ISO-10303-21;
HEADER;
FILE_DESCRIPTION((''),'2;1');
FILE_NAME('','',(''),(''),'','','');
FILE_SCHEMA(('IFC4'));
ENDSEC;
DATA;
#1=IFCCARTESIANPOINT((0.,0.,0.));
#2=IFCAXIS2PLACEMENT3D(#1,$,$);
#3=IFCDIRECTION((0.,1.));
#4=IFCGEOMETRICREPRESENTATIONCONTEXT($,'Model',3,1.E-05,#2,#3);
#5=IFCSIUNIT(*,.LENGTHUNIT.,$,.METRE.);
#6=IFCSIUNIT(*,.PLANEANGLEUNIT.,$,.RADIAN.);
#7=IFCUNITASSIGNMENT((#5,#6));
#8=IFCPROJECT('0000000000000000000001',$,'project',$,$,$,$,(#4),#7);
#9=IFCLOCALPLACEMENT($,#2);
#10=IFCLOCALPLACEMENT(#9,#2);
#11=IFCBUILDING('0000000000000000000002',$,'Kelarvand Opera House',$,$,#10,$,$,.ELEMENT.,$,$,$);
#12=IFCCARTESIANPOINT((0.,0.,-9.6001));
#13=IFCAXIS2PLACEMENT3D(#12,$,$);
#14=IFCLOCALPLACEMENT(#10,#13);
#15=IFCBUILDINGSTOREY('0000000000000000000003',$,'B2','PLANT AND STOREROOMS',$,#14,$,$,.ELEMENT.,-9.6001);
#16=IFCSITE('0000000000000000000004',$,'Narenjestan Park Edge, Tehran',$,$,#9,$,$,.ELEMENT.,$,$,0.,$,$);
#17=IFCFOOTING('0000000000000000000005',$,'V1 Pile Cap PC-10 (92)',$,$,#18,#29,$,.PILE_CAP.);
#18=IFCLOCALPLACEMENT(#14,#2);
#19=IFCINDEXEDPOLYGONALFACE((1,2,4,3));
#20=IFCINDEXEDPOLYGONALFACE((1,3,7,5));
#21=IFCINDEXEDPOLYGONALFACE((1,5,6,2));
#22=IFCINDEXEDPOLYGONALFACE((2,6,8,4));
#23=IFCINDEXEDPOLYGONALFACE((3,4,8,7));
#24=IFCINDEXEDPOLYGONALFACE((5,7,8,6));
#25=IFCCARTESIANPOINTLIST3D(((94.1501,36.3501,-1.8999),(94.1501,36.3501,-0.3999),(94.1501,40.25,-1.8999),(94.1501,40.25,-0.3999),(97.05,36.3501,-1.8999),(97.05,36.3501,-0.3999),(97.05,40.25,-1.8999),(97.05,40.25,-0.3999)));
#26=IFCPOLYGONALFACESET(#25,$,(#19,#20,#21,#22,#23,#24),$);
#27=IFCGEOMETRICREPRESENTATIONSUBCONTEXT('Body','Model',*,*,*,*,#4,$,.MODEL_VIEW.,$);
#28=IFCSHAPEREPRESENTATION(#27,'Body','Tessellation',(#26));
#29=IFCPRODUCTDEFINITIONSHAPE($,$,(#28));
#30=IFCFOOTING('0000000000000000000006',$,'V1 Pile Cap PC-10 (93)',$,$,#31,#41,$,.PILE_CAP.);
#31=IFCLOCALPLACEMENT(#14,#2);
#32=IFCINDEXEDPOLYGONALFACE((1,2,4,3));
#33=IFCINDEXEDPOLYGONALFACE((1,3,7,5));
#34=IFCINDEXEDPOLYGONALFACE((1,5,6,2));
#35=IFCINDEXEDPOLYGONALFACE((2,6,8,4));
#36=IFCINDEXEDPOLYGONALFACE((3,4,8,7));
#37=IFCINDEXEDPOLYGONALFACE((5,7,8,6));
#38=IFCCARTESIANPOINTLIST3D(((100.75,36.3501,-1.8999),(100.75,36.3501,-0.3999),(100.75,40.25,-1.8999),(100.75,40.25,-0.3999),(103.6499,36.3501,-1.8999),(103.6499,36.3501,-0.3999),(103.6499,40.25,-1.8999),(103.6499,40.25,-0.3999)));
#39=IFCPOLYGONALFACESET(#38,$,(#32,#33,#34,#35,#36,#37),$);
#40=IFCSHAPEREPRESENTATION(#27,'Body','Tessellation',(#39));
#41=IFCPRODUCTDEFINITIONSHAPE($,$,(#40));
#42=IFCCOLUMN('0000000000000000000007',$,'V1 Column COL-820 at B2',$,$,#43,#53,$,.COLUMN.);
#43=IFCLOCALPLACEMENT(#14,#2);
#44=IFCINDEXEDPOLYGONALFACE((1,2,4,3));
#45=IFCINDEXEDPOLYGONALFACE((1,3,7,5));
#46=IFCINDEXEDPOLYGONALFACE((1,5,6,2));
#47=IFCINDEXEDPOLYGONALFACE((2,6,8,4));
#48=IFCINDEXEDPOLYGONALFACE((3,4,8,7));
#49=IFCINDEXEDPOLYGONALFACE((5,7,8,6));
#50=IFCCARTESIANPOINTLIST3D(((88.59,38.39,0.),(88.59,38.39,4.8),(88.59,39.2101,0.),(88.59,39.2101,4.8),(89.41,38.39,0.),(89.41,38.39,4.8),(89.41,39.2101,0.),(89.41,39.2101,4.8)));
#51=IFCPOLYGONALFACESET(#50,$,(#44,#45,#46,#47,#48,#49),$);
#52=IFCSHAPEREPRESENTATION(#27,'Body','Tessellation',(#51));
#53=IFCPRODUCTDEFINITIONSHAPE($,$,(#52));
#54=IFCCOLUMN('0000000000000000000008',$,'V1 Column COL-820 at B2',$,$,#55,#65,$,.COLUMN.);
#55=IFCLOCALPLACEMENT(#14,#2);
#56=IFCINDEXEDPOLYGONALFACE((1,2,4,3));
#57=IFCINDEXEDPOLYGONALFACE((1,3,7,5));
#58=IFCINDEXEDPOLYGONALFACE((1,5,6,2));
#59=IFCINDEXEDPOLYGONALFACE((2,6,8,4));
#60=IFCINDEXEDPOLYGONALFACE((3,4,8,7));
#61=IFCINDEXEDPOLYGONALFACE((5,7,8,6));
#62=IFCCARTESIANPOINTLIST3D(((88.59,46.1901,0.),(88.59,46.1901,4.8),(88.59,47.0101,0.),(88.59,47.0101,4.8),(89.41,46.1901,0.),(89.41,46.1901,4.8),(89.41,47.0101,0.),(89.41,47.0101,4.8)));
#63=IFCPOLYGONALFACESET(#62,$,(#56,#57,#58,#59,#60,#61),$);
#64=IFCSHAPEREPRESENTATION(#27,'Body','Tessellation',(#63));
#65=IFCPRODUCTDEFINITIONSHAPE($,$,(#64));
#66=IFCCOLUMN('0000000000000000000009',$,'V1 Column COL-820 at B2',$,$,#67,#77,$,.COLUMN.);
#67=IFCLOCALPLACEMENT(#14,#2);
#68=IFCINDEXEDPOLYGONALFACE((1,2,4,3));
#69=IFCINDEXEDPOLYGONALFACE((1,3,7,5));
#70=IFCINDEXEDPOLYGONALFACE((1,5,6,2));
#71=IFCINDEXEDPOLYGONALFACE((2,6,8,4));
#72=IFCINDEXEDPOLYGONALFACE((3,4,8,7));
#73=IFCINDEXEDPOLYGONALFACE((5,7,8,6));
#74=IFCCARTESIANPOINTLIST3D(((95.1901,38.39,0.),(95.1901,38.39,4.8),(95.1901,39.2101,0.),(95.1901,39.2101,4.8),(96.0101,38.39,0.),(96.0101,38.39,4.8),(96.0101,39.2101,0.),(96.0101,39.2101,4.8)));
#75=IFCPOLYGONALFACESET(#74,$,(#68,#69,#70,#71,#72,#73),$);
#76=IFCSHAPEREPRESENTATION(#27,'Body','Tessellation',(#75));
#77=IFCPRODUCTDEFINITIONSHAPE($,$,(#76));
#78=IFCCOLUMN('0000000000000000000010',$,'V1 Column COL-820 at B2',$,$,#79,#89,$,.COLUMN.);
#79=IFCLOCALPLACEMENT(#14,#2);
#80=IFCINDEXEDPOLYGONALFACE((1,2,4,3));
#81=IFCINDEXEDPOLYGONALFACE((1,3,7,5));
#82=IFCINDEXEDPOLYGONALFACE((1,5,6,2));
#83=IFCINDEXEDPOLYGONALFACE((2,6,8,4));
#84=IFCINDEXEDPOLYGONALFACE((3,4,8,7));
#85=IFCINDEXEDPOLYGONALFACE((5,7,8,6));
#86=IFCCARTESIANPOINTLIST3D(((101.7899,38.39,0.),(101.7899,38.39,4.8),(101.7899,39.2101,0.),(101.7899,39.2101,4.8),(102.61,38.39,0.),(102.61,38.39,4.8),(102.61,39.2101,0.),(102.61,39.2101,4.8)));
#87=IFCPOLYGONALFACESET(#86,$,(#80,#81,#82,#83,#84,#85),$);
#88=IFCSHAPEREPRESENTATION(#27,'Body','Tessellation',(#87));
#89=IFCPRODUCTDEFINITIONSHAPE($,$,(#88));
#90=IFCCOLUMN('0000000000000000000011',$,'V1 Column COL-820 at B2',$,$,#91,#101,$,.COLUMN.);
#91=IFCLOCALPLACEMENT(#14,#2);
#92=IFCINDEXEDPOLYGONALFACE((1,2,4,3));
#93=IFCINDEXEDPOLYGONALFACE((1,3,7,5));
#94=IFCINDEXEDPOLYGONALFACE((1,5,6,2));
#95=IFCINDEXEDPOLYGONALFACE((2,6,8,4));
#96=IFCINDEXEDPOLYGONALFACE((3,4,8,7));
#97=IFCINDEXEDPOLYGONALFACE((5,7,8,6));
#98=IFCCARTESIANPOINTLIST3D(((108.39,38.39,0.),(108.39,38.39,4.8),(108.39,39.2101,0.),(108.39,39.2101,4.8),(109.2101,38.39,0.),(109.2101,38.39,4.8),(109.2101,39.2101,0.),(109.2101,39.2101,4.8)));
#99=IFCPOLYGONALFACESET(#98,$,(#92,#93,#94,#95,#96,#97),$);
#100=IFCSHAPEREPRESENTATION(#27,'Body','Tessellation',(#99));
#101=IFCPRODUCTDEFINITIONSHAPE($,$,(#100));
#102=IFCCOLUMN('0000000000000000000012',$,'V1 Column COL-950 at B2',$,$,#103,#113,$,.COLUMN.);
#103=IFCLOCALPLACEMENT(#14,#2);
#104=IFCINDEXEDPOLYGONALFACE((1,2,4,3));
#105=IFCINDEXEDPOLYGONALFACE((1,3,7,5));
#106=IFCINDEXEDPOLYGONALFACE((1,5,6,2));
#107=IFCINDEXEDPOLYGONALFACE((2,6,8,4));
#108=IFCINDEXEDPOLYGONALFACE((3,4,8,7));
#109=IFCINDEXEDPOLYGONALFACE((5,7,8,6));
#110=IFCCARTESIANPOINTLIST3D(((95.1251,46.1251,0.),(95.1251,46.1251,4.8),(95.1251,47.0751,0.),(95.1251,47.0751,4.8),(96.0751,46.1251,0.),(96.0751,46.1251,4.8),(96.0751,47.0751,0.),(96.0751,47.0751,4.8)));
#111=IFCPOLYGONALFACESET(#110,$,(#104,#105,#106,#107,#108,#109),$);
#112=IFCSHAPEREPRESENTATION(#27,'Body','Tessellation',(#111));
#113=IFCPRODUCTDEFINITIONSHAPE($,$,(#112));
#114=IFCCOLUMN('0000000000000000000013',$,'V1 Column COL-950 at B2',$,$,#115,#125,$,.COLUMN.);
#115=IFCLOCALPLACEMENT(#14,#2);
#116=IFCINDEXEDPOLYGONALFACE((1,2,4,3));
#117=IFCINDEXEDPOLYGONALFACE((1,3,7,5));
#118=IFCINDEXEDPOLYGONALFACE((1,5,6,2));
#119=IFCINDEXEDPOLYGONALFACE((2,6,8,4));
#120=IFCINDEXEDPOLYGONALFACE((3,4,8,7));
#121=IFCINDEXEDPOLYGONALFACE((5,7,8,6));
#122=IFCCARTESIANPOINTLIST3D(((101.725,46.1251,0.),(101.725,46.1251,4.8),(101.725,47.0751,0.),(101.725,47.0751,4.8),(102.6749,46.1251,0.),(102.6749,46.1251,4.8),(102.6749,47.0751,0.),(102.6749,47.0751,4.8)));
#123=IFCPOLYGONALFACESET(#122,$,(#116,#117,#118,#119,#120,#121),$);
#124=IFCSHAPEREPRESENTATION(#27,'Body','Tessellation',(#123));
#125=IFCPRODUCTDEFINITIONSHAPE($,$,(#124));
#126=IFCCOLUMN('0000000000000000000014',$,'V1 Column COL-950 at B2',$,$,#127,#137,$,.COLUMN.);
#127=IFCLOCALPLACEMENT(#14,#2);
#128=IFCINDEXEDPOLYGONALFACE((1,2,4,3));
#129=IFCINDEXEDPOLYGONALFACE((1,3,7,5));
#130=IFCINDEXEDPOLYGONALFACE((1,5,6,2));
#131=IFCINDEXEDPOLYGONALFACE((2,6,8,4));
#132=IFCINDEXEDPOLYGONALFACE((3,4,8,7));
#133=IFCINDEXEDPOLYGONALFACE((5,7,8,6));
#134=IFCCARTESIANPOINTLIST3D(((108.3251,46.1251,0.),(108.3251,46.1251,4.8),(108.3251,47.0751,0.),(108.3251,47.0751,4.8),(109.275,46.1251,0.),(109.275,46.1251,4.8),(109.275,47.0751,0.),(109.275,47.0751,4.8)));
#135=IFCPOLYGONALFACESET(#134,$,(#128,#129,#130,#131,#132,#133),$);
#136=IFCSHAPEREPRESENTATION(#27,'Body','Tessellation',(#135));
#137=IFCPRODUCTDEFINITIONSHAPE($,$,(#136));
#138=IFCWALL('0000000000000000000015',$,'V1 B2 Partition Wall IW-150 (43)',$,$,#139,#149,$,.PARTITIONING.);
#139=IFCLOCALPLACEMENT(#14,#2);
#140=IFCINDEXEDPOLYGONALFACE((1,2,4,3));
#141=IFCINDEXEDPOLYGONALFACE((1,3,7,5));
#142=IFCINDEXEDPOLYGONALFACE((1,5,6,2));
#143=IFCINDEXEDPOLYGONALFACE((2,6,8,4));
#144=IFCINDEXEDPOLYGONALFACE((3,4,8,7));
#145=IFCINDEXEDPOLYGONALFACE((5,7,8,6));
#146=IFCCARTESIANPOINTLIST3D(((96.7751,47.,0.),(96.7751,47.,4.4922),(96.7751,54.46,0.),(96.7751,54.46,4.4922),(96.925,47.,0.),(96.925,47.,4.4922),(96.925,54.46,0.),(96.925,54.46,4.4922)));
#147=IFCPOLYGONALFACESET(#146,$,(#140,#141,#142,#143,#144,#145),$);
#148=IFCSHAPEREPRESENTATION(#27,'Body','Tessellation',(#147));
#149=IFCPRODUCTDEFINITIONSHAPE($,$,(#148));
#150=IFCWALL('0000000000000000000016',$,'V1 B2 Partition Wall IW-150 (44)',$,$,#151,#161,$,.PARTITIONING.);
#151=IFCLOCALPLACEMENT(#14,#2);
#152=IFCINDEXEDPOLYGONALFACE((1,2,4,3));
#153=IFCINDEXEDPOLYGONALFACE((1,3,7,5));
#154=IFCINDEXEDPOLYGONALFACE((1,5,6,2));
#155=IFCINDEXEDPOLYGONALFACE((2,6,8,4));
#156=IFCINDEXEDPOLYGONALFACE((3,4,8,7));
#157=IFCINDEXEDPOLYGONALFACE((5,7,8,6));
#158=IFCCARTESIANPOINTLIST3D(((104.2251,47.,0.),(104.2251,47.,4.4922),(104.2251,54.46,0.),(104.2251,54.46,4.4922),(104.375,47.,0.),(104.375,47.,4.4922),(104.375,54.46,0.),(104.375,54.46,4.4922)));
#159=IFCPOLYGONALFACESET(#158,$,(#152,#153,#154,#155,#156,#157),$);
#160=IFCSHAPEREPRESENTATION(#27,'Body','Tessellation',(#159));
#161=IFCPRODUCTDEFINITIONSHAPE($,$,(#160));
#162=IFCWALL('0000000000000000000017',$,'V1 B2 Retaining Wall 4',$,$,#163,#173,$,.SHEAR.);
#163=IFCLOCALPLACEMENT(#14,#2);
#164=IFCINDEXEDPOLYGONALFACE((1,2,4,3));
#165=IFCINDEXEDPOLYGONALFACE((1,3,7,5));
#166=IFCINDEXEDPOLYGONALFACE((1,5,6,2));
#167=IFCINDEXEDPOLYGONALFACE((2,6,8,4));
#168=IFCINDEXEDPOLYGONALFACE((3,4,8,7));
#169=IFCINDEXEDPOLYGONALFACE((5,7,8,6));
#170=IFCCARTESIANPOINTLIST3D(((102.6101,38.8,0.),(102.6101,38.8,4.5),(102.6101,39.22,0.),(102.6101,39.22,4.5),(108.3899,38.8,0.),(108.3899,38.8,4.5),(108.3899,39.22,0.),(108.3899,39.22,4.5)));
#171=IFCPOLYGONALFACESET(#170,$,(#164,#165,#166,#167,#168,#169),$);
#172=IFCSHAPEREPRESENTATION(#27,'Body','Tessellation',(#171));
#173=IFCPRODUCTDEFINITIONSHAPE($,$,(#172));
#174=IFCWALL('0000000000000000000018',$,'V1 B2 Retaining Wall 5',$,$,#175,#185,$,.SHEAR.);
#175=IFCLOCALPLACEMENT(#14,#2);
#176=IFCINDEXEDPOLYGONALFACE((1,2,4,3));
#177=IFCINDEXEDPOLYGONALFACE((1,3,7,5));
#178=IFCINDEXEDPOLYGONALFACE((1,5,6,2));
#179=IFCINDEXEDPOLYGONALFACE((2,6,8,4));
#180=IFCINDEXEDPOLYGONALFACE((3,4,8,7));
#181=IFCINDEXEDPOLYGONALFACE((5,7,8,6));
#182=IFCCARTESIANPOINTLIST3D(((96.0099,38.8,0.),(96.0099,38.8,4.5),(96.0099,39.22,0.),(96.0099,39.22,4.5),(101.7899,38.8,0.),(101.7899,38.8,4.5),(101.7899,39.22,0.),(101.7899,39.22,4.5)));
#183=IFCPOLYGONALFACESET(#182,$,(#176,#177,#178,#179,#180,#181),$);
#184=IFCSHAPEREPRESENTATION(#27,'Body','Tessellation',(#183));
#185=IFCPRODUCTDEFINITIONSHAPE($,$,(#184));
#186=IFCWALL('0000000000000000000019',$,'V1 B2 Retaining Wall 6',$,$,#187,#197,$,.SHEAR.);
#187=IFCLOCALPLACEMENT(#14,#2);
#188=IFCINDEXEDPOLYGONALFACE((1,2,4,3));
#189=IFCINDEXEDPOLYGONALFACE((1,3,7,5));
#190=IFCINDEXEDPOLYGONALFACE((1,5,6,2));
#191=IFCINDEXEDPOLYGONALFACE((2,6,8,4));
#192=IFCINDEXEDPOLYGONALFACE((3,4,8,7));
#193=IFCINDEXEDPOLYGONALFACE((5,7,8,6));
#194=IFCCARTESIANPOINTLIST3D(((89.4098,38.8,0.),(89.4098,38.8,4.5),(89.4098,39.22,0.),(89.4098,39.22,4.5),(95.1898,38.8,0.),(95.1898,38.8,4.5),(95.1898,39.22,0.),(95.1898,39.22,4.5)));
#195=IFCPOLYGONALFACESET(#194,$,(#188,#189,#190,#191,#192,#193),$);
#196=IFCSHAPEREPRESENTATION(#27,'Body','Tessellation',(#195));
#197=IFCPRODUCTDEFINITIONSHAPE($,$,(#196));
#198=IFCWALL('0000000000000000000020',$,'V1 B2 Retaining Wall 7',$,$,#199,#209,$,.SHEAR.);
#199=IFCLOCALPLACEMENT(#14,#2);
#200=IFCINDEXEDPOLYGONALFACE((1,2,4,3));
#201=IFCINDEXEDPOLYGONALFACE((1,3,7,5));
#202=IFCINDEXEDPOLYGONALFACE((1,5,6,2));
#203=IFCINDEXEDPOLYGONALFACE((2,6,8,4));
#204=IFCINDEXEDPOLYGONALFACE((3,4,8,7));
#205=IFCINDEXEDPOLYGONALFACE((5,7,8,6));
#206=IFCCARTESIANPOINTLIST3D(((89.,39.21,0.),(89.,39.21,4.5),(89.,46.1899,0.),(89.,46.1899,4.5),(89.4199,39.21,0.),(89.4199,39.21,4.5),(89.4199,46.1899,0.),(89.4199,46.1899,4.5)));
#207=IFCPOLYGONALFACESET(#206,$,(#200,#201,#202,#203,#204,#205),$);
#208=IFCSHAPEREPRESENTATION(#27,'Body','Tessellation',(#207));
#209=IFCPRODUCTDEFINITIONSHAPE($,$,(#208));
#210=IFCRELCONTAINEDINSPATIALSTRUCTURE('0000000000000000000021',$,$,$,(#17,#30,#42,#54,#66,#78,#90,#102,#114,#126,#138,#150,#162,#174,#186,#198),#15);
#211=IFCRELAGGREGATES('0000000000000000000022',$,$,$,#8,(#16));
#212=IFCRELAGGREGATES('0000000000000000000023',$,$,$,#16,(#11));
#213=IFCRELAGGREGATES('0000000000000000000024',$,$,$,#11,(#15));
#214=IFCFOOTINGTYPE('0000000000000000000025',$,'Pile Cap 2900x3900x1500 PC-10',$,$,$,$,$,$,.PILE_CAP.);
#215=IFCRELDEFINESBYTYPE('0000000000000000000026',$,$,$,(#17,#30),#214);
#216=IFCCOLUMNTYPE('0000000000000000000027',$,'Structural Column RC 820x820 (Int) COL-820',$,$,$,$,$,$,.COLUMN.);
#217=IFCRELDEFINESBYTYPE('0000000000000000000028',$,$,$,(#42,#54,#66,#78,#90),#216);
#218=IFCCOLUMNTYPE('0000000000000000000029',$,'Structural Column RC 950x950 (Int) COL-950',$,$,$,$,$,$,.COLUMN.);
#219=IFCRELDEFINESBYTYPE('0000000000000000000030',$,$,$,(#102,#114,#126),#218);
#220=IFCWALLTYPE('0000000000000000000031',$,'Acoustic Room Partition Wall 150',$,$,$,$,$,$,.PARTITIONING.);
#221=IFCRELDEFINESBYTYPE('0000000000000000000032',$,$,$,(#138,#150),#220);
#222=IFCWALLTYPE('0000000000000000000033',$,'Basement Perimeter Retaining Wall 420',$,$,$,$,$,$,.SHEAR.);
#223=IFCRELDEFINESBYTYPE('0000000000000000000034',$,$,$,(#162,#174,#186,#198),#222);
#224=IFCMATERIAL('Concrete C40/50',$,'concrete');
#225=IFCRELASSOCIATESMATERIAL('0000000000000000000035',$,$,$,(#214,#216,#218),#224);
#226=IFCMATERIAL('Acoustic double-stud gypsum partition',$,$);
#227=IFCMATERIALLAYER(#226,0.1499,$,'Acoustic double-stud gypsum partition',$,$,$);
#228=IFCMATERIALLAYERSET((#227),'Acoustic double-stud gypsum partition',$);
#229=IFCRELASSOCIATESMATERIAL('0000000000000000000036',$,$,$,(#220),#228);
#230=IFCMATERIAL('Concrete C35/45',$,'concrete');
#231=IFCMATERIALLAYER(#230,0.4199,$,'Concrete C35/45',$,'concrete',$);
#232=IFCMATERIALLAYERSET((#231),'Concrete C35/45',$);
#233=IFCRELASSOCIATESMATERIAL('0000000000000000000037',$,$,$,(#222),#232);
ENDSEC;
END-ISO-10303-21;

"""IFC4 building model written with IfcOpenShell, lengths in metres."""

from ifc_helpers import new_model, si_unit, direction, frame, frame_2d, origin, origin_2d, place, context, subcontext, project, spatial, rectangle, extrude, material, layer, layer_set, material_profile, profile_set, type_object, element, save


model = new_model("IFC4")

# Units and contexts
model_context = context("Model", 3, precision=1e-05, world=origin(), true_north=direction((0.0, 1.0)))
body_context = subcontext(model_context, "Body", "Model", "MODEL_VIEW")
ifc_project = project(units=[si_unit("LENGTHUNIT", "METRE"), si_unit("PLANEANGLEUNIT", "RADIAN")], contexts=[model_context])

# Site, building, storey
site_placement = place(None, origin())
site = spatial("IfcSite", under=ifc_project, at=site_placement, Name="Narenjestan Park Edge, Tehran", CompositionType="ELEMENT", RefElevation=0.0)
building_placement = place(site_placement, origin())
building = spatial("IfcBuilding", under=site, at=building_placement, Name="Kelarvand Opera House", CompositionType="ELEMENT")
storey_placement = place(building_placement, frame((0.0, 0.0, -9.6001)))
storey = spatial("IfcBuildingStorey", under=building, at=storey_placement, Name="B2", Description="PLANT AND STOREROOMS", CompositionType="ELEMENT", Elevation=-9.6001)

# Shared definitions
ifc_material_1 = material(Name="Concrete C40/50", Category="concrete")

# Footings
footing_type_1 = type_object("IfcFootingType", Name="Pile Cap 2900x3900x1500 PC-10", PredefinedType="PILE_CAP", material=ifc_material_1)
for number, where, z_axis, x_axis, name in (
    (1, (95.6001, 38.3, -1.8999), (0.0, 0.0, 1.0), (1.0, 0.0, 0.0), "V1 Pile Cap PC-10 (92)"),
    (2, (102.2, 38.3, -1.8999), (0.0, 0.0, 1.0), (1.0, 0.0, 0.0), "V1 Pile Cap PC-10 (93)"),
):
    element("IfcFooting", number, at=place(storey_placement, frame(where, z_axis=z_axis, x_axis=x_axis)), inside=storey, type_object=footing_type_1, Name=name, PredefinedType="PILE_CAP", context=body_context, shape_type="SweptSolid", body=[
        extrude(rectangle(XDim=2.8999, YDim=3.8999, at=origin_2d()), origin(), (0.0, 0.0, 1.0), 1.5),
    ])

# Columns
ifc_material_profile_1 = material_profile(ifc_material_1, rectangle(XDim=0.8201, YDim=0.8201, at=origin_2d()), Name="RC 820x820", Category="concrete")
ifc_profile_set_1 = profile_set([ifc_material_profile_1], Name="Concrete C40/50")
column_type_1 = type_object("IfcColumnType", Name="Structural Column RC 820x820 (Int) COL-820", PredefinedType="COLUMN", material=ifc_profile_set_1)
for number, where, z_axis, x_axis, name in (
    (3, (89.0, 38.8, 0.0), (0.0, 0.0, 1.0), (1.0, 0.0, 0.0), "V1 Column COL-820 at B2"),
    (4, (89.0, 46.6001, 0.0), (0.0, 0.0, 1.0), (1.0, 0.0, 0.0), "V1 Column COL-820 at B2"),
    (5, (95.6001, 38.8, 0.0), (0.0, 0.0, 1.0), (1.0, 0.0, 0.0), "V1 Column COL-820 at B2"),
    (6, (102.2, 38.8, 0.0), (0.0, 0.0, 1.0), (1.0, 0.0, 0.0), "V1 Column COL-820 at B2"),
    (7, (108.8, 38.8, 0.0), (0.0, 0.0, 1.0), (1.0, 0.0, 0.0), "V1 Column COL-820 at B2"),
):
    element("IfcColumn", number, at=place(storey_placement, frame(where, z_axis=z_axis, x_axis=x_axis)), inside=storey, type_object=column_type_1, Name=name, PredefinedType="COLUMN", context=body_context, shape_type="SweptSolid", body=[
        extrude(rectangle(XDim=0.8201, YDim=0.8201, at=origin_2d()), origin(), (0.0, 0.0, 1.0), 4.8),
    ])
ifc_material_profile_2 = material_profile(ifc_material_1, rectangle(XDim=0.95, YDim=0.95, at=origin_2d()), Name="RC 950x950", Category="concrete")
ifc_profile_set_2 = profile_set([ifc_material_profile_2], Name="Concrete C40/50")
column_type_2 = type_object("IfcColumnType", Name="Structural Column RC 950x950 (Int) COL-950", PredefinedType="COLUMN", material=ifc_profile_set_2)
for number, where, z_axis, x_axis, name in (
    (8, (95.6001, 46.6001, 0.0), (0.0, 0.0, 1.0), (1.0, 0.0, 0.0), "V1 Column COL-950 at B2"),
    (9, (102.2, 46.6001, 0.0), (0.0, 0.0, 1.0), (1.0, 0.0, 0.0), "V1 Column COL-950 at B2"),
    (10, (108.8, 46.6001, 0.0), (0.0, 0.0, 1.0), (1.0, 0.0, 0.0), "V1 Column COL-950 at B2"),
):
    element("IfcColumn", number, at=place(storey_placement, frame(where, z_axis=z_axis, x_axis=x_axis)), inside=storey, type_object=column_type_2, Name=name, PredefinedType="COLUMN", context=body_context, shape_type="SweptSolid", body=[
        extrude(rectangle(XDim=0.95, YDim=0.95, at=origin_2d()), origin(), (0.0, 0.0, 1.0), 4.8),
    ])

# Walls
ifc_material_2 = material(Name="Acoustic double-stud gypsum partition")
ifc_layer_1 = layer(ifc_material_2, 0.1499, Name="Acoustic double-stud gypsum partition")
ifc_layer_set_1 = layer_set([ifc_layer_1], Name="Acoustic double-stud gypsum partition")
wall_type_1 = type_object("IfcWallType", Name="Acoustic Room Partition Wall 150", PredefinedType="PARTITIONING", material=ifc_layer_set_1)
for number, where, z_axis, x_axis, name in (
    (11, (96.8501, 47.0, 0.0), (0.0, 0.0, 1.0), (0.0, 1.0, 0.0), "V1 B2 Partition Wall IW-150 (43)"),
    (12, (104.3, 47.0, 0.0), (0.0, 0.0, 1.0), (0.0, 1.0, 0.0), "V1 B2 Partition Wall IW-150 (44)"),
):
    element("IfcWall", number, at=place(storey_placement, frame(where, z_axis=z_axis, x_axis=x_axis)), inside=storey, type_object=wall_type_1, Name=name, PredefinedType="PARTITIONING", context=body_context, shape_type="SweptSolid", body=[
        extrude(rectangle(XDim=7.46, YDim=0.1499, at=frame_2d((3.73, 0.0))), origin(), (0.0, 0.0, 1.0), 4.4922),
    ])
ifc_material_3 = material(Name="Concrete C35/45", Category="concrete")
ifc_layer_2 = layer(ifc_material_3, 0.4199, Name="Concrete C35/45", Category="concrete")
ifc_layer_set_2 = layer_set([ifc_layer_2], Name="Concrete C35/45")
wall_type_2 = type_object("IfcWallType", Name="Basement Perimeter Retaining Wall 420", PredefinedType="SHEAR", material=ifc_layer_set_2)
wall_1_placement = place(storey_placement, frame((108.3899, 39.01, 0.0), z_axis=(0.0, 0.0, 1.0), x_axis=(-1.0, 0.0, 0.0)))
element("IfcWall", 13, at=wall_1_placement, inside=storey, type_object=wall_type_2, Name="V1 B2 Retaining Wall 4", PredefinedType="SHEAR", context=body_context, shape_type="SweptSolid", body=[
    extrude(rectangle(XDim=5.7798, YDim=0.4199, at=frame_2d((2.8899, 0.0))), origin(), (0.0, 0.0, 1.0), 4.5),
])
for number, where, z_axis, x_axis, name in (
    (14, (101.79, 39.01, 0.0), (0.0, 0.0, 1.0), (-1.0, 0.0, 0.0), "V1 B2 Retaining Wall 5"),
    (15, (95.1899, 39.01, 0.0), (0.0, 0.0, 1.0), (-1.0, 0.0, 0.0), "V1 B2 Retaining Wall 6"),
):
    element("IfcWall", number, at=place(storey_placement, frame(where, z_axis=z_axis, x_axis=x_axis)), inside=storey, type_object=wall_type_2, Name=name, PredefinedType="SHEAR", context=body_context, shape_type="SweptSolid", body=[
        extrude(rectangle(XDim=5.78, YDim=0.4199, at=frame_2d((2.8901, 0.0))), origin(), (0.0, 0.0, 1.0), 4.5),
    ])
wall_2_placement = place(storey_placement, frame((89.21, 39.21, 0.0), z_axis=(0.0, 0.0, 1.0), x_axis=(0.0, 1.0, 0.0)))
element("IfcWall", 16, at=wall_2_placement, inside=storey, type_object=wall_type_2, Name="V1 B2 Retaining Wall 7", PredefinedType="SHEAR", context=body_context, shape_type="SweptSolid", body=[
    extrude(rectangle(XDim=6.98, YDim=0.4199, at=frame_2d((3.49, 0.0))), origin(), (0.0, 0.0, 1.0), 4.5),
])

save(model, "model.ifc")
